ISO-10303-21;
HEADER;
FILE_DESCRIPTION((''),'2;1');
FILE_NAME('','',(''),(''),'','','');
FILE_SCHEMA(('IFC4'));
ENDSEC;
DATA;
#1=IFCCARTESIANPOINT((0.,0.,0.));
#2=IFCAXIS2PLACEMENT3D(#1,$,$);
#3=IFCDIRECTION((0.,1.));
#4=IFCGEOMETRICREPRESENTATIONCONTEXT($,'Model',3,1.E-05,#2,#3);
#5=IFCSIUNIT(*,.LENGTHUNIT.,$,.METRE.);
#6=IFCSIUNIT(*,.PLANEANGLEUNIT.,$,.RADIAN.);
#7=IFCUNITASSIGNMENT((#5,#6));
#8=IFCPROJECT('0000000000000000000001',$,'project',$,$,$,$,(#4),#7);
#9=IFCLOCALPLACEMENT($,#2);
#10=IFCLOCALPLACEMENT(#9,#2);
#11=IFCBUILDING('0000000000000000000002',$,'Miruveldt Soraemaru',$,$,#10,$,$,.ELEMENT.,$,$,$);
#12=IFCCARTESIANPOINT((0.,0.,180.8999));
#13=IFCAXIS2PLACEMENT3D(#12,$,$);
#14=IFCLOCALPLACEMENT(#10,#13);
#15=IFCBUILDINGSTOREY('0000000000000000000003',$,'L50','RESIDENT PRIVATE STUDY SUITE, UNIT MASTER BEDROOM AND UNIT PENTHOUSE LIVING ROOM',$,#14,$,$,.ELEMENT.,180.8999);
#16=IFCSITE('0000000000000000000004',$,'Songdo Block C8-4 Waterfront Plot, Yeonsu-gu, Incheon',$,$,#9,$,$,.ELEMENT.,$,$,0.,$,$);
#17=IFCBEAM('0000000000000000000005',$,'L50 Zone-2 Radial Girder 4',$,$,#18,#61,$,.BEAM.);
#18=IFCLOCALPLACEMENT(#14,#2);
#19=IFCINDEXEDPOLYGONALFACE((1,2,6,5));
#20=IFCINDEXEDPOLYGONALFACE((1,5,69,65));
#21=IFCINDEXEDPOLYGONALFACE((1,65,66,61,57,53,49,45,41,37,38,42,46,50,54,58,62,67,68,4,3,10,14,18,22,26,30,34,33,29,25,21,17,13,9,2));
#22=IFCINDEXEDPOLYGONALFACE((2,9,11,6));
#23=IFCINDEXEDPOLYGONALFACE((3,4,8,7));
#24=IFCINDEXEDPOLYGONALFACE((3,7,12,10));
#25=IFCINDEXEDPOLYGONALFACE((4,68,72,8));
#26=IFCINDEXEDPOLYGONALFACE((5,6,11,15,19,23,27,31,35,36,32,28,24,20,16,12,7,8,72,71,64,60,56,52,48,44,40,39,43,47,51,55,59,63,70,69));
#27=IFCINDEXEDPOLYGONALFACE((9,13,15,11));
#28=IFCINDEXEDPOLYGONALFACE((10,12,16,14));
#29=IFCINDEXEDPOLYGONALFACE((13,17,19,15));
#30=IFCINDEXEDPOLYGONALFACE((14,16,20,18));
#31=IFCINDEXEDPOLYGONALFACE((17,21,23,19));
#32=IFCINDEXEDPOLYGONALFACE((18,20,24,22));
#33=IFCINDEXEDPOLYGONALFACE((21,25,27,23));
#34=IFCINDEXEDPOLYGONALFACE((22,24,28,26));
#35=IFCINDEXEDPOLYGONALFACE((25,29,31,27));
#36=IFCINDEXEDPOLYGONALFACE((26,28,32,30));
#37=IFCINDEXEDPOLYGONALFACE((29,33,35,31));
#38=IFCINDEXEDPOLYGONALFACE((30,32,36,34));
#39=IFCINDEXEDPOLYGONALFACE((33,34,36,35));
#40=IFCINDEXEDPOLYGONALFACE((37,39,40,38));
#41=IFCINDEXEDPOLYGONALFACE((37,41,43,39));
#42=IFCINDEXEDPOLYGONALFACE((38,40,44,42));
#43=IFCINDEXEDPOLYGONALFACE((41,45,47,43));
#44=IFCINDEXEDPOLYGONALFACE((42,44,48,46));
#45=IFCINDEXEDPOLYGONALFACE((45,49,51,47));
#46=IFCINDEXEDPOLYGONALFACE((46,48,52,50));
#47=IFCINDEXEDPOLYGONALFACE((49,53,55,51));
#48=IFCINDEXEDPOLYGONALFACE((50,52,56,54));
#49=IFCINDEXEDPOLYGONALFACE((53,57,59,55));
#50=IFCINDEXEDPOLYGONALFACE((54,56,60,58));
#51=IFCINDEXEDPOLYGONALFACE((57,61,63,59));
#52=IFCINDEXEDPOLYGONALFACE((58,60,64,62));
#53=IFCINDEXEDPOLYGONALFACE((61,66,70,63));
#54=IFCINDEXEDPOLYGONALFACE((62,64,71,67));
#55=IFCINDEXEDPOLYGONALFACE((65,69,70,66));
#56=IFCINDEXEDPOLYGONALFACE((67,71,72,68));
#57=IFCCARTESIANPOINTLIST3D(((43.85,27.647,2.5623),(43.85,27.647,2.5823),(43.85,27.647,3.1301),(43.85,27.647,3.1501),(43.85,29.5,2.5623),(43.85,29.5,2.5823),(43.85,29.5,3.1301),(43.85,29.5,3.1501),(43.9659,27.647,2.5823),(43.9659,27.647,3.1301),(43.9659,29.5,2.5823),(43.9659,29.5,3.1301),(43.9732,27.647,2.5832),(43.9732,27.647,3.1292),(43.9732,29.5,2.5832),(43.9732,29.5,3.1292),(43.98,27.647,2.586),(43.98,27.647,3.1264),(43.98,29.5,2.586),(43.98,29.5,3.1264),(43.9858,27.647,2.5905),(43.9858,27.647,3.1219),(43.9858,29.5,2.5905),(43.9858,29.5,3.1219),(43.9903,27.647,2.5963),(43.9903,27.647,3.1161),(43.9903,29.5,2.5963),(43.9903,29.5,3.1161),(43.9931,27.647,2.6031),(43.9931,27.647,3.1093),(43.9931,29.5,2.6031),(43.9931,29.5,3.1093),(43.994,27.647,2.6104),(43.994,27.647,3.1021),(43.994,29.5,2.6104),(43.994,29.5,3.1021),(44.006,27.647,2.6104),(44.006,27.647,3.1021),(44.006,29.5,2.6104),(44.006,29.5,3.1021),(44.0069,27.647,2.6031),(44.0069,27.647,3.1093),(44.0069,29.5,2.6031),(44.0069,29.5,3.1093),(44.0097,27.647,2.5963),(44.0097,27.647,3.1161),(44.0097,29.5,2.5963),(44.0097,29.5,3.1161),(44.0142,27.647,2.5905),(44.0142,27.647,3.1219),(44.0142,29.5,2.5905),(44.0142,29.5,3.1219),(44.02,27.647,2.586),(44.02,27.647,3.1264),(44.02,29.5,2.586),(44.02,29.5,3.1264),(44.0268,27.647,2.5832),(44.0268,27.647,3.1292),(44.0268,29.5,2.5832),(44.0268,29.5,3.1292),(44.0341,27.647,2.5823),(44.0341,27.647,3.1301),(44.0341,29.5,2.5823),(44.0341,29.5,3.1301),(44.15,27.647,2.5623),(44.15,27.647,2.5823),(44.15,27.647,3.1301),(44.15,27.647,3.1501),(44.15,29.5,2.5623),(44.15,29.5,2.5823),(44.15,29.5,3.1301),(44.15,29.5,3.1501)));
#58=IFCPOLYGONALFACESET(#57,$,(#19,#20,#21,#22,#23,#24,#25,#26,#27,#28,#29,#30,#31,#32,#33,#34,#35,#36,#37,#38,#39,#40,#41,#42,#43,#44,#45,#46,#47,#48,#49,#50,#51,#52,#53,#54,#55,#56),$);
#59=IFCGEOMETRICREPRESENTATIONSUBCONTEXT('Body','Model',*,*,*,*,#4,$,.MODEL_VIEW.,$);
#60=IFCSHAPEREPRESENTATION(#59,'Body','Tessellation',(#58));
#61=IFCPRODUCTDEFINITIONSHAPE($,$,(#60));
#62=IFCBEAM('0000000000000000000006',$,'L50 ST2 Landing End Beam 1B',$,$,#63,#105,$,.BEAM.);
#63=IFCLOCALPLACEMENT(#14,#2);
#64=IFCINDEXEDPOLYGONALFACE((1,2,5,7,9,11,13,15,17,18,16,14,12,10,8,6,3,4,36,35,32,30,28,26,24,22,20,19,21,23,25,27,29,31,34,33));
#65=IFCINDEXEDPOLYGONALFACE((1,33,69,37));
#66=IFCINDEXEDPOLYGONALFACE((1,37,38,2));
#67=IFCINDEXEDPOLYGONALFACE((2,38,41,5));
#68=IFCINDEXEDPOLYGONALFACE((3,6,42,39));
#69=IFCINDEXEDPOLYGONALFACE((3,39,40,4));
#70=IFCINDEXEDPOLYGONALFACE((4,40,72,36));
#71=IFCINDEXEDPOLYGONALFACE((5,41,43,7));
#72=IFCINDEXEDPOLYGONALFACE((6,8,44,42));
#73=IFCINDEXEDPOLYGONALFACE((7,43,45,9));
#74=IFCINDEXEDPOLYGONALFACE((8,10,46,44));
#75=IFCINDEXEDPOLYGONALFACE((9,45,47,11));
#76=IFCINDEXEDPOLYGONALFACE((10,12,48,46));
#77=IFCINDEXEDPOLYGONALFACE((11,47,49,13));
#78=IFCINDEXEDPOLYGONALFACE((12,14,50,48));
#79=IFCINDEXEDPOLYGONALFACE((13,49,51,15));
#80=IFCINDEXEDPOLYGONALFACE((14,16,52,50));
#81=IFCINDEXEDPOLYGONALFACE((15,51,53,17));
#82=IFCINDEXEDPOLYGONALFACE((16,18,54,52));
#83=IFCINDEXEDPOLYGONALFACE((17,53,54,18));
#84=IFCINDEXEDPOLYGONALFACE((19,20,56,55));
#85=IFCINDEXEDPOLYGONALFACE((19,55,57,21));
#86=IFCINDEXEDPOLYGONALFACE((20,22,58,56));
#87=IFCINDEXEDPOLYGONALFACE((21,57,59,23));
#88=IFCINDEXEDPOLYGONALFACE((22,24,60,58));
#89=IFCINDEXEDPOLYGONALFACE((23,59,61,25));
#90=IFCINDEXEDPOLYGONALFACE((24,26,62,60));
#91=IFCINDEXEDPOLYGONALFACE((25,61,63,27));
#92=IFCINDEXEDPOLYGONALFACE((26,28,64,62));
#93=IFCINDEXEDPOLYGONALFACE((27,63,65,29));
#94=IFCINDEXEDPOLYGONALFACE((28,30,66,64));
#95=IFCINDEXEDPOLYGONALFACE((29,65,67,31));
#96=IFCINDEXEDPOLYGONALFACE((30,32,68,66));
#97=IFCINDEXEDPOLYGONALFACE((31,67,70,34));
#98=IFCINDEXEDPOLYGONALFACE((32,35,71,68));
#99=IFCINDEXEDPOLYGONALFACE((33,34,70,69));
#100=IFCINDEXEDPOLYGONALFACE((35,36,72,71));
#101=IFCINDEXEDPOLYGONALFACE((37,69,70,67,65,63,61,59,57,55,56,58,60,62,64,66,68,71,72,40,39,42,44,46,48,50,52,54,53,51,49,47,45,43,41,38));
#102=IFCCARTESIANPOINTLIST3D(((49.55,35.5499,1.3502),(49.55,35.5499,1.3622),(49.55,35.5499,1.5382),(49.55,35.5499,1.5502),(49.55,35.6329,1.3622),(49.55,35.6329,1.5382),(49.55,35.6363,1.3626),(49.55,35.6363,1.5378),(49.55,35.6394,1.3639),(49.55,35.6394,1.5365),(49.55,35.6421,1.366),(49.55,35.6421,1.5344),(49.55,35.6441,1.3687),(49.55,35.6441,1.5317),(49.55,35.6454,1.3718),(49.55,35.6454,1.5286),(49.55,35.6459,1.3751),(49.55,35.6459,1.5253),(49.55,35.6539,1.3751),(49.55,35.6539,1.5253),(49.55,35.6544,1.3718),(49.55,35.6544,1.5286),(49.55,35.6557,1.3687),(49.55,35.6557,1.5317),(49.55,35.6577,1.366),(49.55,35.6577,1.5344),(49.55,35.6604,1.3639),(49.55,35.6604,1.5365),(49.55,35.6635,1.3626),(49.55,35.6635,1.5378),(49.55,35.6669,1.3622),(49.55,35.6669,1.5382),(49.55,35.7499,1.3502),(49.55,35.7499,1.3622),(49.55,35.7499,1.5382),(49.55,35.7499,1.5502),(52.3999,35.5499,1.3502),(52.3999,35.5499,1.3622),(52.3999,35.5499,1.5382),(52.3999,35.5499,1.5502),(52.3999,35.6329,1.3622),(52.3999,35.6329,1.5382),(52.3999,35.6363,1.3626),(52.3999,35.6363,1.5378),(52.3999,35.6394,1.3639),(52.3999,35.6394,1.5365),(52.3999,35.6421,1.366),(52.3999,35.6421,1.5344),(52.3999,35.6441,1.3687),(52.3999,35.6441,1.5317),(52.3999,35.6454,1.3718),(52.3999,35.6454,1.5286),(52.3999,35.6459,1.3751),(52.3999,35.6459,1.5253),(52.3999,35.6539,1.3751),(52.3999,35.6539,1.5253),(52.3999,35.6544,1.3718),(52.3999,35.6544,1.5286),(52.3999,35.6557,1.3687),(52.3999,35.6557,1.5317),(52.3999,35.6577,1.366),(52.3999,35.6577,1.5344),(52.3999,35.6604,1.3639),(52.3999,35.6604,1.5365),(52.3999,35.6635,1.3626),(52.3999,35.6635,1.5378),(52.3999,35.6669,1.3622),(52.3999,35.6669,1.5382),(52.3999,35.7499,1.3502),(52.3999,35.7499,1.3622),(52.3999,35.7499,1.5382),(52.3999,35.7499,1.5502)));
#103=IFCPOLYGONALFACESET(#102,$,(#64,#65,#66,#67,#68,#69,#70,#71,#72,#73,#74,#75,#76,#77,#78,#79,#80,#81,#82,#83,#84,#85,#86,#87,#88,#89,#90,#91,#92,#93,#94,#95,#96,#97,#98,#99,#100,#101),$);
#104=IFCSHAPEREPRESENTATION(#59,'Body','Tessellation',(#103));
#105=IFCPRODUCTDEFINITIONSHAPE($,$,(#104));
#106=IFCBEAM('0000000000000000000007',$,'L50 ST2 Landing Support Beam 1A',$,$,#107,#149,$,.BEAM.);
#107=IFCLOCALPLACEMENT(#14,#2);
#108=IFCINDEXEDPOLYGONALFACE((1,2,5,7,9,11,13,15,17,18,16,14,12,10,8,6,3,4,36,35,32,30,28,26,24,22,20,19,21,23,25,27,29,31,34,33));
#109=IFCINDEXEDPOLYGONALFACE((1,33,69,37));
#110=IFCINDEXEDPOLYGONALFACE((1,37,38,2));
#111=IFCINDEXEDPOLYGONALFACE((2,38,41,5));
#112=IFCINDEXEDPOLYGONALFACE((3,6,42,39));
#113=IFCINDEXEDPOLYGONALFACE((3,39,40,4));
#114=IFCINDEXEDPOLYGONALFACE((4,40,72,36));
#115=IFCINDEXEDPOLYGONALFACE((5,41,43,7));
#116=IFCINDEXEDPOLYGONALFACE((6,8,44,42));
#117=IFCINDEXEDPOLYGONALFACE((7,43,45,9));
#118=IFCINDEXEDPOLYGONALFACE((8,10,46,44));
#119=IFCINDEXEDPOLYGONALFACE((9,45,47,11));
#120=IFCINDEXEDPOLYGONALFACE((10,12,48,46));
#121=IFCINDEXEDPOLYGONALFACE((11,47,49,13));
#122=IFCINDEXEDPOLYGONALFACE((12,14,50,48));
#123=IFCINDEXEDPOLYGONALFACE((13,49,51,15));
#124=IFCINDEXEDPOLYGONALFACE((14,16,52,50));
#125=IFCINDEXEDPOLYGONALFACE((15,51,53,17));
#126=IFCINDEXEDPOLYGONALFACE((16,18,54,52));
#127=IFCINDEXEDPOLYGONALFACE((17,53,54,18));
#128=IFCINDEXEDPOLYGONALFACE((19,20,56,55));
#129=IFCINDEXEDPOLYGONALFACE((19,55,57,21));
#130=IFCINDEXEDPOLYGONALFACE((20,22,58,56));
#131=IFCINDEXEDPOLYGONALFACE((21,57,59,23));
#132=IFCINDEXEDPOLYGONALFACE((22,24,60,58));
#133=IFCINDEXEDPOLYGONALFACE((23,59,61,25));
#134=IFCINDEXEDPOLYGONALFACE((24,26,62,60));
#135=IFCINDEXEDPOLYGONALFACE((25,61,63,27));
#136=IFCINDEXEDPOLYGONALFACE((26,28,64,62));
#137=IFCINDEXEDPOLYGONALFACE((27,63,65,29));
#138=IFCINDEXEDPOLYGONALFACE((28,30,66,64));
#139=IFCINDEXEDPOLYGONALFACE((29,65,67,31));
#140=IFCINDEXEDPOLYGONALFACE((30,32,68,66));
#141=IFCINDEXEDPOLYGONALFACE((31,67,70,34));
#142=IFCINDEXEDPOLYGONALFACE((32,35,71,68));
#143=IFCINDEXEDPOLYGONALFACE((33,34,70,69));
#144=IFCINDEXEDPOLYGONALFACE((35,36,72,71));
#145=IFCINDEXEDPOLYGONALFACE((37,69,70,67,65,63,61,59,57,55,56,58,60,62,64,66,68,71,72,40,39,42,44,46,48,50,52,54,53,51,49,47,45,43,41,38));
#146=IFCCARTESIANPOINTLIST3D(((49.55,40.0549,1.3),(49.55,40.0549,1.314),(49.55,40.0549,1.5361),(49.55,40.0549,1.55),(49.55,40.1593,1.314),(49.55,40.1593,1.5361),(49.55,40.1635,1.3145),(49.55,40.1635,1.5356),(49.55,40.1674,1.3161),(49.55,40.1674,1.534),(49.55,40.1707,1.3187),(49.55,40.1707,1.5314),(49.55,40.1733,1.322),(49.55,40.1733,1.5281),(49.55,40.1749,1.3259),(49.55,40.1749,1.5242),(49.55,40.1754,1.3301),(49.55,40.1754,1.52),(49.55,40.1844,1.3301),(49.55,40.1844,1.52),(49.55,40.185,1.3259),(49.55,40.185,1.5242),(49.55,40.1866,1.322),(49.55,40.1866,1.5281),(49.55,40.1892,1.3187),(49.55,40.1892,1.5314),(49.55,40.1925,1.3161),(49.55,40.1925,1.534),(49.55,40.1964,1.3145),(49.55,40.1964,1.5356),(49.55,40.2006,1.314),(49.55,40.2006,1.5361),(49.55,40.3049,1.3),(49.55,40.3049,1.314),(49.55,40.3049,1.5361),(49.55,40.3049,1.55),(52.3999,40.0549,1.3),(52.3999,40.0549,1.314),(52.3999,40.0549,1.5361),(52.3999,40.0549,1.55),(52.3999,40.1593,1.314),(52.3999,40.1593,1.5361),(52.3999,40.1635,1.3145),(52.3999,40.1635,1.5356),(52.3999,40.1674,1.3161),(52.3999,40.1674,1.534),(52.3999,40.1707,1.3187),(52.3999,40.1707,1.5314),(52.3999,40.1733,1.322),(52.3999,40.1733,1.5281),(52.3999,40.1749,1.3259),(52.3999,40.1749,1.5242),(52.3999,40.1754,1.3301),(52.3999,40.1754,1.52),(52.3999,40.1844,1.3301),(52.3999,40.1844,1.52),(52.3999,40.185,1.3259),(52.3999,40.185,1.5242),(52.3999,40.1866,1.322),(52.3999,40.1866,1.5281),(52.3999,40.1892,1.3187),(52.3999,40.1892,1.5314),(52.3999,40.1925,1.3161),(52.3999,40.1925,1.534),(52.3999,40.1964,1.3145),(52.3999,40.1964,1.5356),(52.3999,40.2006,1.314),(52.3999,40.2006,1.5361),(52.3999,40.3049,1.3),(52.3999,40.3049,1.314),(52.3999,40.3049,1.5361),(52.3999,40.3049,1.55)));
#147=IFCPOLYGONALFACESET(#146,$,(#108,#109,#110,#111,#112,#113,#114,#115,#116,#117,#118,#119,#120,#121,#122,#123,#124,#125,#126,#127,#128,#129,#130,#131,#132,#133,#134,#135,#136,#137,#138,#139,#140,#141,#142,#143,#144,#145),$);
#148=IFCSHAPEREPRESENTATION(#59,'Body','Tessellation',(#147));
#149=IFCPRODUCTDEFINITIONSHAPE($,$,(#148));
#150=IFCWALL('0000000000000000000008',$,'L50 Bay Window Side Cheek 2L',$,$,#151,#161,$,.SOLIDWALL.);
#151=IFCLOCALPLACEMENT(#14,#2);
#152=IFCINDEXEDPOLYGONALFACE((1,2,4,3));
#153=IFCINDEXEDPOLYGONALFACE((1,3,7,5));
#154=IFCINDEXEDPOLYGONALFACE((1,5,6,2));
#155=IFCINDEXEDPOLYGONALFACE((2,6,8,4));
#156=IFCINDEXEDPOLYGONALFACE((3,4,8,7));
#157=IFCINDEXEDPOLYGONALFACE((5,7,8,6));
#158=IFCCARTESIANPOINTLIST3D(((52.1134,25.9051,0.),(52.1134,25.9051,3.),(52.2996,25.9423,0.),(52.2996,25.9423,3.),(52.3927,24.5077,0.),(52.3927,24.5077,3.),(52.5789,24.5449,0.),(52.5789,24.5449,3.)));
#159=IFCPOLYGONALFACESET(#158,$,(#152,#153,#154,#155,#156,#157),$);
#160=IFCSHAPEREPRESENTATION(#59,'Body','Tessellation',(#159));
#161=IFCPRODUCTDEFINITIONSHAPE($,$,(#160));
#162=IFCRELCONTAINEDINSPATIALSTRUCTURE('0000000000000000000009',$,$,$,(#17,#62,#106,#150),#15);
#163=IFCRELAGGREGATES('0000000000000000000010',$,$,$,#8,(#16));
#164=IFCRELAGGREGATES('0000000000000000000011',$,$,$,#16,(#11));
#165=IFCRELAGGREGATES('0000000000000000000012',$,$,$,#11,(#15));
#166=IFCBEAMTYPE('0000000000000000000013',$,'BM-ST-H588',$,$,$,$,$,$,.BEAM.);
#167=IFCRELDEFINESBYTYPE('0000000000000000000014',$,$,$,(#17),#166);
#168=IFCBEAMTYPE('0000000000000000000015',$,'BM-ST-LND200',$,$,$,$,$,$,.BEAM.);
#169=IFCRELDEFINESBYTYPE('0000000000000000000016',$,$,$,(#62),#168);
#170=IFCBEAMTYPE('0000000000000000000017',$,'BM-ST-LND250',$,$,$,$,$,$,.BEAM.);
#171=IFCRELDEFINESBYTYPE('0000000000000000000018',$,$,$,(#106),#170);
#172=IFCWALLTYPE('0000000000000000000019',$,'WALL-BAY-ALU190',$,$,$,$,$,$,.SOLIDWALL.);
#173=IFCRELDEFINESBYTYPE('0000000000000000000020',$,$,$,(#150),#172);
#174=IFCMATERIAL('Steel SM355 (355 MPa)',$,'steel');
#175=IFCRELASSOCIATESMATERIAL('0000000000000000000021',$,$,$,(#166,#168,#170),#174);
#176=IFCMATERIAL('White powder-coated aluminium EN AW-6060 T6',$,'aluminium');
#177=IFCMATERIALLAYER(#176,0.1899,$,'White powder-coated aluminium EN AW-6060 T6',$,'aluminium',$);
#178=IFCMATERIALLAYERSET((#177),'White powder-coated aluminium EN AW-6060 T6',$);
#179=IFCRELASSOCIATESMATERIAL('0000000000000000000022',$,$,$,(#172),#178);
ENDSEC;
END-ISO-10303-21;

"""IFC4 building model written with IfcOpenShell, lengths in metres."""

from ifc_helpers import new_model, si_unit, direction, frame, frame_2d, origin, origin_2d, place, context, subcontext, project, spatial, rectangle, i_section, extrude, material, layer, layer_set, material_profile, profile_set, type_object, element, save


model = new_model("IFC4")

# Units and contexts
model_context = context("Model", 3, precision=1e-05, world=origin(), true_north=direction((0.0, 1.0)))
body_context = subcontext(model_context, "Body", "Model", "MODEL_VIEW")
ifc_project = project(units=[si_unit("LENGTHUNIT", "METRE"), si_unit("PLANEANGLEUNIT", "RADIAN")], contexts=[model_context])

# Site, building, storey
site_placement = place(None, origin())
site = spatial("IfcSite", under=ifc_project, at=site_placement, Name="Songdo Block C8-4 Waterfront Plot, Yeonsu-gu, Incheon", CompositionType="ELEMENT", RefElevation=0.0)
building_placement = place(site_placement, origin())
building = spatial("IfcBuilding", under=site, at=building_placement, Name="Miruveldt Soraemaru", CompositionType="ELEMENT")
storey_placement = place(building_placement, frame((0.0, 0.0, 180.8999)))
storey = spatial("IfcBuildingStorey", under=building, at=storey_placement, Name="L50", Description="RESIDENT PRIVATE STUDY SUITE, UNIT MASTER BEDROOM AND UNIT PENTHOUSE LIVING ROOM", CompositionType="ELEMENT", Elevation=180.8999)

# Beams
ifc_material_1 = material(Name="Steel SM355 (355 MPa)", Category="steel")
ifc_material_profile_1 = material_profile(ifc_material_1, i_section(OverallWidth=0.3, OverallDepth=0.5879, WebThickness=0.012, FlangeThickness=0.02, FilletRadius=0.0281, at=origin_2d()), Name="Steel SM355 (355 MPa)", Category="steel")
ifc_profile_set_1 = profile_set([ifc_material_profile_1], Name="Steel SM355 (355 MPa)")
beam_type_1 = type_object("IfcBeamType", Name="BM-ST-H588", PredefinedType="BEAM", material=ifc_profile_set_1)
beam_1_placement = place(storey_placement, frame((44.0, 29.5, 2.8562), z_axis=(0.0, -1.0, 0.0), x_axis=(1.0, 0.0, 0.0)))
element("IfcBeam", 1, at=beam_1_placement, inside=storey, type_object=beam_type_1, Name="L50 Zone-2 Radial Girder 4", PredefinedType="BEAM", context=body_context, shape_type="SweptSolid", body=[
    extrude(i_section(OverallWidth=0.3, OverallDepth=0.5879, WebThickness=0.012, FlangeThickness=0.02, FilletRadius=0.0281, at=origin_2d()), origin(), (0.0, 0.0, 1.0), 1.853),
])
ifc_material_profile_2 = material_profile(ifc_material_1, i_section(OverallWidth=0.2, OverallDepth=0.2, WebThickness=0.0081, FlangeThickness=0.012, FilletRadius=0.0129, at=origin_2d()), Name="Steel SM355 (355 MPa)", Category="steel")
ifc_profile_set_2 = profile_set([ifc_material_profile_2], Name="Steel SM355 (355 MPa)")
beam_type_2 = type_object("IfcBeamType", Name="BM-ST-LND200", PredefinedType="BEAM", material=ifc_profile_set_2)
beam_2_placement = place(storey_placement, frame((49.55, 35.6499, 1.4502), z_axis=(1.0, 0.0, 0.0), x_axis=(0.0, 1.0, 0.0)))
element("IfcBeam", 2, at=beam_2_placement, inside=storey, type_object=beam_type_2, Name="L50 ST2 Landing End Beam 1B", PredefinedType="BEAM", context=body_context, shape_type="SweptSolid", body=[
    extrude(i_section(OverallWidth=0.2, OverallDepth=0.2, WebThickness=0.0081, FlangeThickness=0.012, FilletRadius=0.0129, at=origin_2d()), origin(), (0.0, 0.0, 1.0), 2.8499),
])
ifc_material_profile_3 = material_profile(ifc_material_1, i_section(OverallWidth=0.25, OverallDepth=0.25, WebThickness=0.009, FlangeThickness=0.0139, FilletRadius=0.0161, at=origin_2d()), Name="Steel SM355 (355 MPa)", Category="steel")
ifc_profile_set_3 = profile_set([ifc_material_profile_3], Name="Steel SM355 (355 MPa)")
beam_type_3 = type_object("IfcBeamType", Name="BM-ST-LND250", PredefinedType="BEAM", material=ifc_profile_set_3)
beam_3_placement = place(storey_placement, frame((49.55, 40.1799, 1.425), z_axis=(1.0, 0.0, 0.0), x_axis=(0.0, 1.0, 0.0)))
element("IfcBeam", 3, at=beam_3_placement, inside=storey, type_object=beam_type_3, Name="L50 ST2 Landing Support Beam 1A", PredefinedType="BEAM", context=body_context, shape_type="SweptSolid", body=[
    extrude(i_section(OverallWidth=0.25, OverallDepth=0.25, WebThickness=0.009, FlangeThickness=0.0139, FilletRadius=0.0161, at=origin_2d()), origin(), (0.0, 0.0, 1.0), 2.8499),
])

# Wall
ifc_material_2 = material(Name="White powder-coated aluminium EN AW-6060 T6", Category="aluminium")
ifc_layer_1 = layer(ifc_material_2, 0.1899, Name="White powder-coated aluminium EN AW-6060 T6", Category="aluminium")
ifc_layer_set_1 = layer_set([ifc_layer_1], Name="White powder-coated aluminium EN AW-6060 T6")
wall_type_1 = type_object("IfcWallType", Name="WALL-BAY-ALU190", PredefinedType="SOLIDWALL", material=ifc_layer_set_1)
wall_1_placement = place(storey_placement, frame((52.2065, 25.9236, 0.0), z_axis=(0.0, 0.0, 1.0), x_axis=(0.195984, -0.980607, 0.0)))
element("IfcWall", 4, at=wall_1_placement, inside=storey, type_object=wall_type_1, Name="L50 Bay Window Side Cheek 2L", PredefinedType="SOLIDWALL", context=body_context, shape_type="SweptSolid", body=[
    extrude(rectangle(XDim=1.425, YDim=0.1899, at=frame_2d((0.7124, 0.0))), origin(), (0.0, 0.0, 1.0), 3.0),
])

save(model, "model.ifc")
